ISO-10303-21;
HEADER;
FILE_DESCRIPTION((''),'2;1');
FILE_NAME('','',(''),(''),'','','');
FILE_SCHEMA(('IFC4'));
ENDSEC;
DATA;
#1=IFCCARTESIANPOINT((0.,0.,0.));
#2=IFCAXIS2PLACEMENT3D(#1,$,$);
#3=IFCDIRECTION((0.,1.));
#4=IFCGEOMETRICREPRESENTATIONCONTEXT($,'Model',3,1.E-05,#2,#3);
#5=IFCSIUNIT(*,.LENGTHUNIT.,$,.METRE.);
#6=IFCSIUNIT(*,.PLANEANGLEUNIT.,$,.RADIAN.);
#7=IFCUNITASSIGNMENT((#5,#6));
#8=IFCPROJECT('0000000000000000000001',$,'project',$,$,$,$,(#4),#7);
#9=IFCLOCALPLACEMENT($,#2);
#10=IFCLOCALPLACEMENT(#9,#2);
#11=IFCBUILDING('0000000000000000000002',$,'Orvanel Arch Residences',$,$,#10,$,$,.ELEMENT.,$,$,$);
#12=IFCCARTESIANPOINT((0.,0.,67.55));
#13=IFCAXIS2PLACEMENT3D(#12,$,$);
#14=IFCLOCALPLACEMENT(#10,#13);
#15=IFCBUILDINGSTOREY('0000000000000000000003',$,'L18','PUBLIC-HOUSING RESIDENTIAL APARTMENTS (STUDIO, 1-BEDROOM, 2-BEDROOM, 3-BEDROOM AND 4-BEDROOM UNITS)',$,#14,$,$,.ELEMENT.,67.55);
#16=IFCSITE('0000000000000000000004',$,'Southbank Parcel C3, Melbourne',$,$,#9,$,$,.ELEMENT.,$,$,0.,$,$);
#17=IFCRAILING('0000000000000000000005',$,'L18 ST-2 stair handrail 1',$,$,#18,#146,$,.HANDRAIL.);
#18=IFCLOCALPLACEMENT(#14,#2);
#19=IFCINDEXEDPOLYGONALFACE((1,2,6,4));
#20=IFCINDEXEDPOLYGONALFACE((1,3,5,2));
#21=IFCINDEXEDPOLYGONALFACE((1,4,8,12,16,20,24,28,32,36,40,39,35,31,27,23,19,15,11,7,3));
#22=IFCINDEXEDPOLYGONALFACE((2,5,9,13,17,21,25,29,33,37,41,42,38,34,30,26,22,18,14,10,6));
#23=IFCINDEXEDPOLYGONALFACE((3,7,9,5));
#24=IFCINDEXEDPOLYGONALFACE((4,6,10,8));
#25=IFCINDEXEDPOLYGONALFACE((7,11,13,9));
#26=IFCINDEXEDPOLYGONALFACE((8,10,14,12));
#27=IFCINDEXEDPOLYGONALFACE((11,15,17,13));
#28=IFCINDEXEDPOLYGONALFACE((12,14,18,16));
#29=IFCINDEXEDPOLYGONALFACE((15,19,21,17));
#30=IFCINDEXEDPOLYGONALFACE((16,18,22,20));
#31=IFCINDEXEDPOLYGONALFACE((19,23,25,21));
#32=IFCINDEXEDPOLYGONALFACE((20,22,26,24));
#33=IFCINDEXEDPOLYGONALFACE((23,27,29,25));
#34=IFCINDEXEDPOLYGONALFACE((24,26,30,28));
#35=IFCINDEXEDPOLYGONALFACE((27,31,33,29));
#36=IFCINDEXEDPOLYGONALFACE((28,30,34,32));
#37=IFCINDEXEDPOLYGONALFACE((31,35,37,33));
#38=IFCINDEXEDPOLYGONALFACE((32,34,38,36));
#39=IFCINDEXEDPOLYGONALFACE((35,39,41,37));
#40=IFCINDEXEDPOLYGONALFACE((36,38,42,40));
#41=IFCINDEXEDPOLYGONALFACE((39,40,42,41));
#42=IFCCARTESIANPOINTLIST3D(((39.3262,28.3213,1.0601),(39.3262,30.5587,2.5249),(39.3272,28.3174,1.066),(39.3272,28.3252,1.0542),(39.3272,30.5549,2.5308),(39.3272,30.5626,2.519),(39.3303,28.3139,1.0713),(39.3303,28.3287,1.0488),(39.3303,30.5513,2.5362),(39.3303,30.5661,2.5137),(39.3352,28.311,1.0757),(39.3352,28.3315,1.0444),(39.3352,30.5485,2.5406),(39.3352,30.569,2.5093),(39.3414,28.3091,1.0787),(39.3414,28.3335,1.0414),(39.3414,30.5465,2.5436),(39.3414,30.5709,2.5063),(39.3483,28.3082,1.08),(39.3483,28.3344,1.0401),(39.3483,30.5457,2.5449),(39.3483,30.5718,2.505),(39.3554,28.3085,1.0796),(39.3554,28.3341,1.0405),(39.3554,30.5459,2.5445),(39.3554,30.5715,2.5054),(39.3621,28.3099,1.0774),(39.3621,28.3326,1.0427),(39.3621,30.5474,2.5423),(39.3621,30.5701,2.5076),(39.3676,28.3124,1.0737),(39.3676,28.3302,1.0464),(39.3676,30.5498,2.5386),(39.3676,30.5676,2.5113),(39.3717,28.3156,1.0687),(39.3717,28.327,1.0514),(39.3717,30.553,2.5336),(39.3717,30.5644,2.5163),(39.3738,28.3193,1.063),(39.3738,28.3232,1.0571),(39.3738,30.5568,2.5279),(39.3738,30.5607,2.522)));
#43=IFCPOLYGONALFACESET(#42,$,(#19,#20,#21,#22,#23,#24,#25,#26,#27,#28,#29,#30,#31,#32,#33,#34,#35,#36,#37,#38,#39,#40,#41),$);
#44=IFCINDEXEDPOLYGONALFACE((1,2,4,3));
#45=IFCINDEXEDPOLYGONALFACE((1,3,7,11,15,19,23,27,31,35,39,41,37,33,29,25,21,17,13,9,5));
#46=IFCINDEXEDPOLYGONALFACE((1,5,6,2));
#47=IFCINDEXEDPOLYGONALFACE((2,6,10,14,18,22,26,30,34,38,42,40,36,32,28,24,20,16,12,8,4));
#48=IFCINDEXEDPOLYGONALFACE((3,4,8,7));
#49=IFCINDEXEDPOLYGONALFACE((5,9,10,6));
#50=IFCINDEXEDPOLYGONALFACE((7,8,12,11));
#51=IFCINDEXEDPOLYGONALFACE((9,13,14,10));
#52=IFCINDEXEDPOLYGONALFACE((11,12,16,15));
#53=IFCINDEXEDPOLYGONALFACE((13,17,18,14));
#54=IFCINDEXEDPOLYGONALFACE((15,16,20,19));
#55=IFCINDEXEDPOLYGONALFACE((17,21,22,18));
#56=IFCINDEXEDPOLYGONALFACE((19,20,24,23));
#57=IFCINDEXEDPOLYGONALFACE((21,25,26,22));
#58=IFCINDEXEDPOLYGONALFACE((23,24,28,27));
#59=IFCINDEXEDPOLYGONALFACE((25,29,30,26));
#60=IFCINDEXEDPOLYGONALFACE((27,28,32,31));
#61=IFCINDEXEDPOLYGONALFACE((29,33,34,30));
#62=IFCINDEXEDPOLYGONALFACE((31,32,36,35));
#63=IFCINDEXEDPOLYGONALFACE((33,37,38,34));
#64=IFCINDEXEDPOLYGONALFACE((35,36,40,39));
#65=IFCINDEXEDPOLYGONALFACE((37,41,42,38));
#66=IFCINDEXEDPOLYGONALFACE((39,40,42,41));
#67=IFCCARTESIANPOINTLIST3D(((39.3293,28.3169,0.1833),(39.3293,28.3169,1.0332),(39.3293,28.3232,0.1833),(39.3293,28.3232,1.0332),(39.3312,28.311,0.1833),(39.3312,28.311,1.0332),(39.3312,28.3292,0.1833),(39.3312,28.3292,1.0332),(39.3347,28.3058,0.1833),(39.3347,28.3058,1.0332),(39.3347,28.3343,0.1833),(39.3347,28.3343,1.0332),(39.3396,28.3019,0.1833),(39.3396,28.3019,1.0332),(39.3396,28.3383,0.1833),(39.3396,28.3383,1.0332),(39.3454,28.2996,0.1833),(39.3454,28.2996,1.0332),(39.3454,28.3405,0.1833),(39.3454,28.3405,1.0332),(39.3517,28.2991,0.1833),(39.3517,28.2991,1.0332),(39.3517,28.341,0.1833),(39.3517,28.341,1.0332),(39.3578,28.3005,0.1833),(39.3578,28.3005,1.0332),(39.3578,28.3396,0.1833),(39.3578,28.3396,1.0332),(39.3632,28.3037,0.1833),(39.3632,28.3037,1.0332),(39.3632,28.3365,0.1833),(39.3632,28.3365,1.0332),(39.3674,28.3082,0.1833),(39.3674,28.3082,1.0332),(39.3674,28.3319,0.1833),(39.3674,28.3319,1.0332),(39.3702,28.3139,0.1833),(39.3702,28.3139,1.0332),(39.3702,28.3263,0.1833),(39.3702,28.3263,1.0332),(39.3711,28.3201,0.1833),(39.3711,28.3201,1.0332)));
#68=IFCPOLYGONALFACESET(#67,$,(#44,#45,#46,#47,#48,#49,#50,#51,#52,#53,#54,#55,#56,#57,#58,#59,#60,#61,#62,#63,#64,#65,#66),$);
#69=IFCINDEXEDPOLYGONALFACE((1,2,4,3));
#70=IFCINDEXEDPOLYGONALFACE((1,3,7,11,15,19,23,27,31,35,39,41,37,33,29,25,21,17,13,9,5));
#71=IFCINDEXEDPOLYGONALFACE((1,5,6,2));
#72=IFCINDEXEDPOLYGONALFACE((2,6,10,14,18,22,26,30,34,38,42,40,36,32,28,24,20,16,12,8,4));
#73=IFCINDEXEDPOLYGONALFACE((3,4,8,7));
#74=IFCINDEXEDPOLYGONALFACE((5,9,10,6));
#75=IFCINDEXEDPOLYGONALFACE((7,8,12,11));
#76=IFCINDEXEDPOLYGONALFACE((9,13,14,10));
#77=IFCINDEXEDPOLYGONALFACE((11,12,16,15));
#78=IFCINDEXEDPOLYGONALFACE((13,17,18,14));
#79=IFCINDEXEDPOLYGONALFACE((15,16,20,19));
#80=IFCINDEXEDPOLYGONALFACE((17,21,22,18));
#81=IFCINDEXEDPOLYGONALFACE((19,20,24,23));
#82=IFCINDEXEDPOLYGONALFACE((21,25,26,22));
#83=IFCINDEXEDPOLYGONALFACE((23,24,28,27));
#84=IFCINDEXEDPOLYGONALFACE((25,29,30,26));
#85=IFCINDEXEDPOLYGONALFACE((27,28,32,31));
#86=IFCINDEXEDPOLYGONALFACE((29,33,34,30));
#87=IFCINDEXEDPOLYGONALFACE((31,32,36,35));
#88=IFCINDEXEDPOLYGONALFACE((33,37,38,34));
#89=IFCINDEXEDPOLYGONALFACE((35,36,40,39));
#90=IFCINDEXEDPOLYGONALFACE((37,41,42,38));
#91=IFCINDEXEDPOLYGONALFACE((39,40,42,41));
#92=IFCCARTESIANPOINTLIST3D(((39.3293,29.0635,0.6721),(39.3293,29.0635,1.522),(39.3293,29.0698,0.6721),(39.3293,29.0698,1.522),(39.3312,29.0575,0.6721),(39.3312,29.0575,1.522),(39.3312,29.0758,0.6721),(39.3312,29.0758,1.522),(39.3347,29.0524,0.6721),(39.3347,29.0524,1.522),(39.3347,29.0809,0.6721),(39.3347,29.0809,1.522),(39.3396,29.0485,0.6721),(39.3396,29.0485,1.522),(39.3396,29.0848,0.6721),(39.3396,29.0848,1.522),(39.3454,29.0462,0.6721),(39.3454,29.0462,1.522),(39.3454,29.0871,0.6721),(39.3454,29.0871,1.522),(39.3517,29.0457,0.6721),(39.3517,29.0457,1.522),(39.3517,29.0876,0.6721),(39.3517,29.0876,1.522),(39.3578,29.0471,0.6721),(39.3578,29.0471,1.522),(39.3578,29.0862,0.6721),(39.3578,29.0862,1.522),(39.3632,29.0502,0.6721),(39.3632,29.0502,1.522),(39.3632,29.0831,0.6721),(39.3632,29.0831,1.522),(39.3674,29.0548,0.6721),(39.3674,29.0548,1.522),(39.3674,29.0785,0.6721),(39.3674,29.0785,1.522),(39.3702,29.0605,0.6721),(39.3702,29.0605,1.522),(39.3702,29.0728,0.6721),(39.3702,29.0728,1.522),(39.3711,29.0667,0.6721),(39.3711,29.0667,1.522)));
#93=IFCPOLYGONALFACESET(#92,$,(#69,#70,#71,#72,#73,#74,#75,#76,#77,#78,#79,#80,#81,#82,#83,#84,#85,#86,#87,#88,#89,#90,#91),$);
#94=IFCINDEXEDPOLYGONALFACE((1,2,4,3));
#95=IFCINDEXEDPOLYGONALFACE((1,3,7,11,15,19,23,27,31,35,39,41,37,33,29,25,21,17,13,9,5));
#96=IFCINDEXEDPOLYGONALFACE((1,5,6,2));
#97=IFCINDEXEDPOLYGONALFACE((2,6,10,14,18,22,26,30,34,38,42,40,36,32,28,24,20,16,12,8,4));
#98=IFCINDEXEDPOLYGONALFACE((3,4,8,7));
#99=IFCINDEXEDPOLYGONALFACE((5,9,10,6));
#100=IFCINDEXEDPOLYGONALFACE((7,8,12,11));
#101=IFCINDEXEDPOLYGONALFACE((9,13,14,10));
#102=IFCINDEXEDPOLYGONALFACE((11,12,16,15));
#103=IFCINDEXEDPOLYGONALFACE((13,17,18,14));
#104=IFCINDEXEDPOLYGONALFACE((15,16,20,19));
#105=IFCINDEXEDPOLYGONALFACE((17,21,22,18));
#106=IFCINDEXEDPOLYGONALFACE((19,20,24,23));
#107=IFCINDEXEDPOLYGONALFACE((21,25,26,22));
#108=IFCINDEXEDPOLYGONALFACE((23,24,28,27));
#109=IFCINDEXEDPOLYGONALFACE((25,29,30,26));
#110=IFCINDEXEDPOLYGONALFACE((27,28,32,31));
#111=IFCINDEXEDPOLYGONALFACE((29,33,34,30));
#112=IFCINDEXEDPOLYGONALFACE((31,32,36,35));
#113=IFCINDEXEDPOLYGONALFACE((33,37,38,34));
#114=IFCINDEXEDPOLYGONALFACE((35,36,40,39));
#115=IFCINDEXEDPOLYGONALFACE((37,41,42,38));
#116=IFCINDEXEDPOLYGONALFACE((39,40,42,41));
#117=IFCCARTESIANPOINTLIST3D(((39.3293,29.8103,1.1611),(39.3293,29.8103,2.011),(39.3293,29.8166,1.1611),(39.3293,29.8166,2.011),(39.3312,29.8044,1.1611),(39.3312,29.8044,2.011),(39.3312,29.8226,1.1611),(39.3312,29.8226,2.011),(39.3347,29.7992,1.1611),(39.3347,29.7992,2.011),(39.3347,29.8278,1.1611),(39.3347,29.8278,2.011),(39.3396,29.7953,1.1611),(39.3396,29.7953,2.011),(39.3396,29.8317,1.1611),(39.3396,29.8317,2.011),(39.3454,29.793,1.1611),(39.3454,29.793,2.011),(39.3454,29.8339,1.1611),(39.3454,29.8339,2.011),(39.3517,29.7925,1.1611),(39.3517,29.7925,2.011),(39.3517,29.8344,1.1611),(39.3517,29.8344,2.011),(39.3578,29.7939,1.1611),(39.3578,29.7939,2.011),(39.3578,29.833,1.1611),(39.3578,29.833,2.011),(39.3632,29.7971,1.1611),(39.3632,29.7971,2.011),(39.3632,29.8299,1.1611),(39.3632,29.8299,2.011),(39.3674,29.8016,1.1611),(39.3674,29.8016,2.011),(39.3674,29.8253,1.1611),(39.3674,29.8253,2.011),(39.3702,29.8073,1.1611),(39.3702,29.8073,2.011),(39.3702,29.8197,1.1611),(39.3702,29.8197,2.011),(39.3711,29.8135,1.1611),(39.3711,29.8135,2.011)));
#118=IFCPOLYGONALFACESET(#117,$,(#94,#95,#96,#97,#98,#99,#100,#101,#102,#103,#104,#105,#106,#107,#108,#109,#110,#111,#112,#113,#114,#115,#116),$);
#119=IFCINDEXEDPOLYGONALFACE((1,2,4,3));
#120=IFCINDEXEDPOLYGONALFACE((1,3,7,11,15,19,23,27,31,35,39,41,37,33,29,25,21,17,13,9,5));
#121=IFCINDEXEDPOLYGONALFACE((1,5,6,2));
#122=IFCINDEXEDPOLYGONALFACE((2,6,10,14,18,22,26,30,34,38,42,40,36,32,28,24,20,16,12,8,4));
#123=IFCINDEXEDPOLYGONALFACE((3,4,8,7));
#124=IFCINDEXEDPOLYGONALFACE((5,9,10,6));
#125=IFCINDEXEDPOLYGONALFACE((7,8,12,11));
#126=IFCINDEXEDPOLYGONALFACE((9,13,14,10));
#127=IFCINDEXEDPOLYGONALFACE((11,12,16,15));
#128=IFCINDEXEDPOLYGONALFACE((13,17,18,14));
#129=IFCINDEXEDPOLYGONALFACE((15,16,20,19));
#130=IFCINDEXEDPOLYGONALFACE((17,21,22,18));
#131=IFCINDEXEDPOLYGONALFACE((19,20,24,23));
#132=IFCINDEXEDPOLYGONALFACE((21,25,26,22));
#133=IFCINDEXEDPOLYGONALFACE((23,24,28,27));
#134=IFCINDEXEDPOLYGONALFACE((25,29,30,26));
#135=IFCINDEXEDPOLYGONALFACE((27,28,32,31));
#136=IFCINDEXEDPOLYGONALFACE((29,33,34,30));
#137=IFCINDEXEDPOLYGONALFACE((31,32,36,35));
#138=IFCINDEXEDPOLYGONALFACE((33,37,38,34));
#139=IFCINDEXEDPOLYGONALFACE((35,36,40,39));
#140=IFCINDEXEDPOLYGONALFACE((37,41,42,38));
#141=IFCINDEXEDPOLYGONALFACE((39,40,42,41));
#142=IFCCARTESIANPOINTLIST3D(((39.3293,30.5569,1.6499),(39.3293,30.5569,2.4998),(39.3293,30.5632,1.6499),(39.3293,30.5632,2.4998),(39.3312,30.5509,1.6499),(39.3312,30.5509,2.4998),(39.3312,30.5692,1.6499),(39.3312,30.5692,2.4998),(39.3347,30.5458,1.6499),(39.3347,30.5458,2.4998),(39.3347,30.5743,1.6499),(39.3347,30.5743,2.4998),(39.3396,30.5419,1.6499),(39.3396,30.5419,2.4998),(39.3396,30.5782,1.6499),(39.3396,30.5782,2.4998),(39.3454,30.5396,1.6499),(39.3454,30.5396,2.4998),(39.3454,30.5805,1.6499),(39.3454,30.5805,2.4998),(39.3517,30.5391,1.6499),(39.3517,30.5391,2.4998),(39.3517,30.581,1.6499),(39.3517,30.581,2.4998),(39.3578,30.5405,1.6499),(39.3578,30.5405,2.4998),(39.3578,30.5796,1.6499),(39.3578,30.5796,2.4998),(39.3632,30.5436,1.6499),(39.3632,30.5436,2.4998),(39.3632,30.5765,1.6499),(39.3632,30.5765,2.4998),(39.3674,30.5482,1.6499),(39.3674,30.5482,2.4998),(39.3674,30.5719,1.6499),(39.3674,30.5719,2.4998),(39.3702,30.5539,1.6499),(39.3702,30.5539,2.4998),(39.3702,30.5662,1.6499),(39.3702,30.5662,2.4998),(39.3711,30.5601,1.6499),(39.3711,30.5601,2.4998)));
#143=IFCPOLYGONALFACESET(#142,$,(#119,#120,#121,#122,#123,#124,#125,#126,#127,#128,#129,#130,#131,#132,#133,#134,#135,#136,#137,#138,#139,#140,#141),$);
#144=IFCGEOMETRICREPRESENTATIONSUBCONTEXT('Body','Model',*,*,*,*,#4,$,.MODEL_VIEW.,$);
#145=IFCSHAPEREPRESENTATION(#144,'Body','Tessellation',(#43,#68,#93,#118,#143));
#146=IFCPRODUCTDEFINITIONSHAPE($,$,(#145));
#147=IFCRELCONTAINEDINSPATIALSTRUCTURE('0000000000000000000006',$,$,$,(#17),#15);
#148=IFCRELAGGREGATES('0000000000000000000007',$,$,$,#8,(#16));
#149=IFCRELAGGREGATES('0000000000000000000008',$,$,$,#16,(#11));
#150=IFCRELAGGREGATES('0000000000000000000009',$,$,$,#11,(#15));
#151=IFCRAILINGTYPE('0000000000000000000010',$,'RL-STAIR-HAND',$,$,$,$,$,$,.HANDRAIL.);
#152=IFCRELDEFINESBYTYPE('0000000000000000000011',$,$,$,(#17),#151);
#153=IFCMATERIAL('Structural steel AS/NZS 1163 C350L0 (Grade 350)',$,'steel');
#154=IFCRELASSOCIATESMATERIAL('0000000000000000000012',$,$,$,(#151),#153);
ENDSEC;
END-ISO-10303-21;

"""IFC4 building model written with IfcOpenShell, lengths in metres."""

from ifc_helpers import new_model, si_unit, direction, frame, origin, origin_2d, place, context, subcontext, project, spatial, circle, extrude, material, type_object, element, save


model = new_model("IFC4")

# Units and contexts
model_context = context("Model", 3, precision=1e-05, world=origin(), true_north=direction((0.0, 1.0)))
body_context = subcontext(model_context, "Body", "Model", "MODEL_VIEW")
ifc_project = project(units=[si_unit("LENGTHUNIT", "METRE"), si_unit("PLANEANGLEUNIT", "RADIAN")], contexts=[model_context])

# Site, building, storey
site_placement = place(None, origin())
site = spatial("IfcSite", under=ifc_project, at=site_placement, Name="Southbank Parcel C3, Melbourne", CompositionType="ELEMENT", RefElevation=0.0)
building_placement = place(site_placement, origin())
building = spatial("IfcBuilding", under=site, at=building_placement, Name="Orvanel Arch Residences", CompositionType="ELEMENT")
storey_placement = place(building_placement, frame((0.0, 0.0, 67.55)))
storey = spatial("IfcBuildingStorey", under=building, at=storey_placement, Name="L18", Description="PUBLIC-HOUSING RESIDENTIAL APARTMENTS (STUDIO, 1-BEDROOM, 2-BEDROOM, 3-BEDROOM AND 4-BEDROOM UNITS)", CompositionType="ELEMENT", Elevation=67.55)

# Railing
ifc_material_1 = material(Name="Structural steel AS/NZS 1163 C350L0 (Grade 350)", Category="steel")
railing_type_1 = type_object("IfcRailingType", Name="RL-STAIR-HAND", PredefinedType="HANDRAIL", material=ifc_material_1)
railing_1_placement = place(storey_placement, frame((39.3501, 28.3201, 0.1833)))
element("IfcRailing", 1, at=railing_1_placement, inside=storey, type_object=railing_type_1, Name="L18 ST-2 stair handrail 1", PredefinedType="HANDRAIL", context=body_context, shape_type="SweptSolid", body=[
    extrude(circle(Radius=0.0239, at=origin_2d()), frame((0.0, 0.0012, 0.8767), z_axis=(0.0, 0.836637, 0.547758), x_axis=(-1.0, 0.0, 0.0)), (0.0, 0.0, 1.0), 2.6743),
    extrude(circle(Radius=0.021, at=origin_2d()), origin(), (0.0, 0.0, 1.0), 0.8499),
    extrude(circle(Radius=0.021, at=origin_2d()), frame((0.0, 0.7466, 0.4888)), (0.0, 0.0, 1.0), 0.8499),
    extrude(circle(Radius=0.021, at=origin_2d()), frame((0.0, 1.4934, 0.9778)), (0.0, 0.0, 1.0), 0.8499),
    extrude(circle(Radius=0.021, at=origin_2d()), frame((0.0, 2.24, 1.4666)), (0.0, 0.0, 1.0), 0.8499),
])

save(model, "model.ifc")
